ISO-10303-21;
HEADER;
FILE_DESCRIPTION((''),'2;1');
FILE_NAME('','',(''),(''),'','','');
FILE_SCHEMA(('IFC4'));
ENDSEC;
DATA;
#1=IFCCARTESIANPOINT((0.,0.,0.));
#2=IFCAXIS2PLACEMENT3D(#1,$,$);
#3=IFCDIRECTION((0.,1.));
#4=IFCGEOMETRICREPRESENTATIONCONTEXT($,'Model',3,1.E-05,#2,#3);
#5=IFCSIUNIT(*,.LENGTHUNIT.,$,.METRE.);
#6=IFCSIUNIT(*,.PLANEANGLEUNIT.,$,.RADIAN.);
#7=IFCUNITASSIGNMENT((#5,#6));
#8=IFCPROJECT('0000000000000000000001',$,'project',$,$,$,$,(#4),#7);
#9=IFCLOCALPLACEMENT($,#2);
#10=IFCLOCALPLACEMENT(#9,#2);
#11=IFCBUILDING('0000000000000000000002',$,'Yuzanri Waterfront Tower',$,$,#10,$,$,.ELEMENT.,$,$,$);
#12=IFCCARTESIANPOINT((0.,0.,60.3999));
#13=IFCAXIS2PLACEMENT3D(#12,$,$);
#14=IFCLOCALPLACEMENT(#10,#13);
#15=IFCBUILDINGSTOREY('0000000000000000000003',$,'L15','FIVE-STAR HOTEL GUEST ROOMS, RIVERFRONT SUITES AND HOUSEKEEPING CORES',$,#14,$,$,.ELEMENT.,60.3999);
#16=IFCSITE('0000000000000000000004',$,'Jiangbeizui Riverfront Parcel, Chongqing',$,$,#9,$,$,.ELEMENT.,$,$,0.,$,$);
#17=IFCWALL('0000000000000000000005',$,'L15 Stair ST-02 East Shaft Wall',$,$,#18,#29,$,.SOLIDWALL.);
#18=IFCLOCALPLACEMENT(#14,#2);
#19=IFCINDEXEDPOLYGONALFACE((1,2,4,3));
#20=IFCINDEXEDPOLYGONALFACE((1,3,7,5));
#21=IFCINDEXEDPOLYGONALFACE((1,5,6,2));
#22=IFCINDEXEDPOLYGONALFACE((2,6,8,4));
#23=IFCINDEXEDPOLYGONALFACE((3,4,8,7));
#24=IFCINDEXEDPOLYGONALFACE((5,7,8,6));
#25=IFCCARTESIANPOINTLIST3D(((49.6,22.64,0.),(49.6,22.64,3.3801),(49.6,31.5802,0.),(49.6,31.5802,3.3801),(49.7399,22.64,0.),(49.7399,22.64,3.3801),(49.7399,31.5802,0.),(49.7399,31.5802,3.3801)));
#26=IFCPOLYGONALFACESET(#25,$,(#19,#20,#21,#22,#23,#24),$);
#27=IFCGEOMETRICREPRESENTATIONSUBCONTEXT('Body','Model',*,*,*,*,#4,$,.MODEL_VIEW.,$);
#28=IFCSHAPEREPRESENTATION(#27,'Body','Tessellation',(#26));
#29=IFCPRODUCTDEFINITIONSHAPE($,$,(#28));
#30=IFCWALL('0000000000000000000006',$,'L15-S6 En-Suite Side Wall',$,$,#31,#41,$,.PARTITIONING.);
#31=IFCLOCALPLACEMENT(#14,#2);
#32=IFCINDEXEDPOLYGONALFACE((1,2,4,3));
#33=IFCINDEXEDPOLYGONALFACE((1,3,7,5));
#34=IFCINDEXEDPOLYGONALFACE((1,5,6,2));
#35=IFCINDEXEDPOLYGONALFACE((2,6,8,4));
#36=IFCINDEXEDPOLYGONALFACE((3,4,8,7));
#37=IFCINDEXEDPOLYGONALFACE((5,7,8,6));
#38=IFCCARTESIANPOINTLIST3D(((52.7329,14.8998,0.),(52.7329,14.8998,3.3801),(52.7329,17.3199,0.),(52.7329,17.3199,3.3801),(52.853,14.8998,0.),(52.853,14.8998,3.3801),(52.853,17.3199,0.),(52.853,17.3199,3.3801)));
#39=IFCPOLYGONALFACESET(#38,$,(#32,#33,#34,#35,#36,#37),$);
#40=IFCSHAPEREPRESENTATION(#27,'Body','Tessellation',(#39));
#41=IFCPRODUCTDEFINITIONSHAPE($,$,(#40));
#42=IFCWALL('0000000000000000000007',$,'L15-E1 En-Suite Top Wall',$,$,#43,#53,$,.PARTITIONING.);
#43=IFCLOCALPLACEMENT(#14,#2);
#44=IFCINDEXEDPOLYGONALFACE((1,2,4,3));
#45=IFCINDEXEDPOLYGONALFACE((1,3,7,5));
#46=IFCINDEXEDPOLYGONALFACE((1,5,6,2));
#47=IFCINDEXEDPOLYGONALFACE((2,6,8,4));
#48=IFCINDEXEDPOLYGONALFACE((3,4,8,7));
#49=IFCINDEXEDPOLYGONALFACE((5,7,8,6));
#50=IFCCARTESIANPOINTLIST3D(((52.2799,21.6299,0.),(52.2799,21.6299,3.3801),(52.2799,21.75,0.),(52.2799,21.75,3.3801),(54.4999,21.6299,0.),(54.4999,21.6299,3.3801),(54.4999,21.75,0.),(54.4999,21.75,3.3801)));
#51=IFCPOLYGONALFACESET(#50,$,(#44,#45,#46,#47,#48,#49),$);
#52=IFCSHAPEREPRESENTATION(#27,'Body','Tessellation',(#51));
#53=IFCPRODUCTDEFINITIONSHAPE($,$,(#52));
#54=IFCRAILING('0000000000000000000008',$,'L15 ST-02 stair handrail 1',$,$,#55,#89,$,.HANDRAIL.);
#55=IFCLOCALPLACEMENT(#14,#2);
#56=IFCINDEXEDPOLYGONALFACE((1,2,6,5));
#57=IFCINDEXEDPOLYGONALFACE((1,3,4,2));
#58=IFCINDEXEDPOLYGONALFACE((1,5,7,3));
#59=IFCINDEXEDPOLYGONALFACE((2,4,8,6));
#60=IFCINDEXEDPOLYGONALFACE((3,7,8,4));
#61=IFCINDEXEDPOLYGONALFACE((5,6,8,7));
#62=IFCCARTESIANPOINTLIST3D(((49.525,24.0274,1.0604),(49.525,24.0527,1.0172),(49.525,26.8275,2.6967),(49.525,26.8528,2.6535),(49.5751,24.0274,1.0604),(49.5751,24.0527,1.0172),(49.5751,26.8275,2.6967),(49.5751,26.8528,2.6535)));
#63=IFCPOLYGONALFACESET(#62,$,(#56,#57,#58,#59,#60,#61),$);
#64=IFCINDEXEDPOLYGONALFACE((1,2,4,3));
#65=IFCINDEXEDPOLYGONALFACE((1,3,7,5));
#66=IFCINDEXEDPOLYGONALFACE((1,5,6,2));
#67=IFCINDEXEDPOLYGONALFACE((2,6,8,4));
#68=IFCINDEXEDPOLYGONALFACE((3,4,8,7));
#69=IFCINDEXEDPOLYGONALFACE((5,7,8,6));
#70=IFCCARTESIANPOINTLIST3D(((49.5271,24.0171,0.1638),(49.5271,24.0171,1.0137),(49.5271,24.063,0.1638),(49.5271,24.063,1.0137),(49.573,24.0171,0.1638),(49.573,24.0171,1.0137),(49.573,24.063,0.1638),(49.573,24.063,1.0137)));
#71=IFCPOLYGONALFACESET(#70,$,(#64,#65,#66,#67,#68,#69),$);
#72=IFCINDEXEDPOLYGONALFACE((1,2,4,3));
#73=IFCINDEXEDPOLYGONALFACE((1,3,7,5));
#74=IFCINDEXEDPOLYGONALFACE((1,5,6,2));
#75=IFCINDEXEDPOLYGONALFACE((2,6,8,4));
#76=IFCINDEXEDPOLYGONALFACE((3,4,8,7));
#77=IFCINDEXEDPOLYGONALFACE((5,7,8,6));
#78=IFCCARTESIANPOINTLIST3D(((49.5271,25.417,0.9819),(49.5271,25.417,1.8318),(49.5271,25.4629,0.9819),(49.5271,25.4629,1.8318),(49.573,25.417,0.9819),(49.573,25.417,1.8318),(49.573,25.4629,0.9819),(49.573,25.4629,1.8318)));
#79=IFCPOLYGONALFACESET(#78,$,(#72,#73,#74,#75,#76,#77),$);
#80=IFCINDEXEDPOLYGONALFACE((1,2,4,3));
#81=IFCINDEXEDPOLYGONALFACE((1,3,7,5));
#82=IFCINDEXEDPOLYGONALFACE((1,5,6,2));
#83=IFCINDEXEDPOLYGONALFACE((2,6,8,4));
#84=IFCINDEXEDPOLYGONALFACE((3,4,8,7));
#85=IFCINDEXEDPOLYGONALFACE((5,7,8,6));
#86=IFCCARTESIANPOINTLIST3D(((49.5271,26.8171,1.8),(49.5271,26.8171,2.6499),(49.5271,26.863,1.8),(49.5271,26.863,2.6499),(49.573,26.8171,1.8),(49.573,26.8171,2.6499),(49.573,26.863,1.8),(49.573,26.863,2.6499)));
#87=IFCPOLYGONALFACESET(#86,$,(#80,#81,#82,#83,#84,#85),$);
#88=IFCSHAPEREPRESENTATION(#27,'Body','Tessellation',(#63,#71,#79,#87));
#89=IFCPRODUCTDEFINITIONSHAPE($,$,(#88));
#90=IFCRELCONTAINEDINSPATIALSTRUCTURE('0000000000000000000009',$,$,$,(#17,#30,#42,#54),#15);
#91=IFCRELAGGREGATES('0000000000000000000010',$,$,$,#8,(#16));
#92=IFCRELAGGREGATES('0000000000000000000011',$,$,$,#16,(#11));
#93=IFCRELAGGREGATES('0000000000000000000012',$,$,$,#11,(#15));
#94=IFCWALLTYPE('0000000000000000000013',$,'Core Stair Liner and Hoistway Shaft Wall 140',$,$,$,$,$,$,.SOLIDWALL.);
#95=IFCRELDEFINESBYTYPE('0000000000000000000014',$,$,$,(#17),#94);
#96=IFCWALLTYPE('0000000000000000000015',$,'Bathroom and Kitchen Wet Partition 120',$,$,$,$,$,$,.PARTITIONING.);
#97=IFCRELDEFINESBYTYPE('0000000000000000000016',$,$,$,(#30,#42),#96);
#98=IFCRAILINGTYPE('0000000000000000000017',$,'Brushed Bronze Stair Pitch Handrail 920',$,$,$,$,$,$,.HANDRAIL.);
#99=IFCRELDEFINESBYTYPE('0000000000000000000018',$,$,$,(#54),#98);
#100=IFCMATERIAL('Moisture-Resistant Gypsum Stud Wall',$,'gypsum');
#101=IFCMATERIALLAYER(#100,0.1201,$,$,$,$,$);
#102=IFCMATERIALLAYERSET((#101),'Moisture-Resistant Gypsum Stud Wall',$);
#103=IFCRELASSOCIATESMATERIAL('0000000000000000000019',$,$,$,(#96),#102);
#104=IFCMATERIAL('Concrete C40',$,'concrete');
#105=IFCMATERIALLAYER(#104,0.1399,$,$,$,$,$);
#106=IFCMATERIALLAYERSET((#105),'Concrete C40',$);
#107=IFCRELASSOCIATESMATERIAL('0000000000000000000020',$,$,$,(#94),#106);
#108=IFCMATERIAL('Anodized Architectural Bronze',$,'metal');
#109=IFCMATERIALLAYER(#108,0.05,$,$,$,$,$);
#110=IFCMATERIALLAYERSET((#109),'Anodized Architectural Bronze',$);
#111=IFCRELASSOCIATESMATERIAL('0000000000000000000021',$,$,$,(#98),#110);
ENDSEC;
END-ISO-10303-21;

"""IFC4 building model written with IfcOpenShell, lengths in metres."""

from ifc_helpers import new_model, si_unit, direction, frame, frame_2d, origin, origin_2d, place, context, subcontext, project, spatial, rectangle, extrude, source, transform, mapped, material, layer, layer_set, type_object, element, save


model = new_model("IFC4")

# Units and contexts
model_context = context("Model", 3, precision=1e-05, world=origin(), true_north=direction((0.0, 1.0)))
body_context = subcontext(model_context, "Body", "Model", "MODEL_VIEW")
ifc_project = project(units=[si_unit("LENGTHUNIT", "METRE"), si_unit("PLANEANGLEUNIT", "RADIAN")], contexts=[model_context])

# Site, building, storey
site_placement = place(None, origin())
site = spatial("IfcSite", under=ifc_project, at=site_placement, Name="Jiangbeizui Riverfront Parcel, Chongqing", CompositionType="ELEMENT", RefElevation=0.0)
building_placement = place(site_placement, origin())
building = spatial("IfcBuilding", under=site, at=building_placement, Name="Yuzanri Waterfront Tower", CompositionType="ELEMENT")
storey_placement = place(building_placement, frame((0.0, 0.0, 60.3999)))
storey = spatial("IfcBuildingStorey", under=building, at=storey_placement, Name="L15", Description="FIVE-STAR HOTEL GUEST ROOMS, RIVERFRONT SUITES AND HOUSEKEEPING CORES", CompositionType="ELEMENT", Elevation=60.3999)

# Shared definitions
ifc_material_1 = material(Name="Moisture-Resistant Gypsum Stud Wall", Category="gypsum")
ifc_layer_1 = layer(ifc_material_1, 0.1201)
ifc_layer_set_1 = layer_set([ifc_layer_1], Name="Moisture-Resistant Gypsum Stud Wall")
wall_type_1 = type_object("IfcWallType", Name="Bathroom and Kitchen Wet Partition 120", PredefinedType="PARTITIONING", material=ifc_layer_set_1)

# Walls
ifc_material_2 = material(Name="Concrete C40", Category="concrete")
ifc_layer_2 = layer(ifc_material_2, 0.1399)
ifc_layer_set_2 = layer_set([ifc_layer_2], Name="Concrete C40")
wall_type_2 = type_object("IfcWallType", Name="Core Stair Liner and Hoistway Shaft Wall 140", PredefinedType="SOLIDWALL", material=ifc_layer_set_2)
shared_shape_1 = source(origin(), body_context, "Body", "SweptSolid", [
    extrude(rectangle(XDim=8.9402, YDim=0.1399, at=frame_2d((4.4702, 0.0))), origin(), (0.0, 0.0, 1.0), 3.3801),
])
wall_1_placement = place(storey_placement, frame((49.6699, 22.6399, 0.0), z_axis=(0.0, 0.0, 1.0), x_axis=(0.0, 1.0, 0.0)))
element("IfcWall", 1, at=wall_1_placement, inside=storey, type_object=wall_type_2, Name="L15 Stair ST-02 East Shaft Wall", PredefinedType="SOLIDWALL", context=body_context, shape_type="MappedRepresentation", body=[
    mapped(shared_shape_1, transform((0.0, 0.0, 0.0), scale=1.0)),
])
shared_shape_2 = source(origin(), body_context, "Body", "SweptSolid", [
    extrude(rectangle(XDim=2.4202, YDim=0.1201, at=frame_2d((1.21, 0.0))), origin(), (0.0, 0.0, 1.0), 3.3801),
])
wall_2_placement = place(storey_placement, frame((52.793, 14.8999, 0.0), z_axis=(0.0, 0.0, 1.0), x_axis=(0.0, 1.0, 0.0)))
element("IfcWall", 2, at=wall_2_placement, inside=storey, type_object=wall_type_1, Name="L15-S6 En-Suite Side Wall", PredefinedType="PARTITIONING", context=body_context, shape_type="MappedRepresentation", body=[
    mapped(shared_shape_2, transform((0.0, 0.0, 0.0), scale=1.0)),
])
shared_shape_3 = source(origin(), body_context, "Body", "SweptSolid", [
    extrude(rectangle(XDim=2.22, YDim=0.1201, at=frame_2d((1.1099, 0.0))), origin(), (0.0, 0.0, 1.0), 3.3801),
])
wall_3_placement = place(storey_placement, frame((52.28, 21.6899, 0.0), z_axis=(0.0, 0.0, 1.0), x_axis=(1.0, 0.0, 0.0)))
element("IfcWall", 3, at=wall_3_placement, inside=storey, type_object=wall_type_1, Name="L15-E1 En-Suite Top Wall", PredefinedType="PARTITIONING", context=body_context, shape_type="MappedRepresentation", body=[
    mapped(shared_shape_3, transform((0.0, 0.0, 0.0), scale=1.0)),
])

# Railing
ifc_material_3 = material(Name="Anodized Architectural Bronze", Category="metal")
ifc_layer_3 = layer(ifc_material_3, 0.05)
ifc_layer_set_3 = layer_set([ifc_layer_3], Name="Anodized Architectural Bronze")
railing_type = type_object("IfcRailingType", Name="Brushed Bronze Stair Pitch Handrail 920", PredefinedType="HANDRAIL", material=ifc_layer_set_3)
shared_shape_4 = source(origin(), body_context, "Body", "SweptSolid", [
    extrude(rectangle(XDim=0.05, YDim=0.05, at=origin_2d()), frame((0.0, 0.0, 0.875), z_axis=(0.0, 0.863394, 0.504531), x_axis=(-1.0, 0.0, 0.0)), (0.0, 0.0, 1.0), 3.2432),
    extrude(rectangle(XDim=0.0459, YDim=0.0459, at=origin_2d()), origin(), (0.0, 0.0, 1.0), 0.8499),
    extrude(rectangle(XDim=0.0459, YDim=0.0459, at=origin_2d()), frame((0.0, 1.3999, 0.8181)), (0.0, 0.0, 1.0), 0.8499),
    extrude(rectangle(XDim=0.0459, YDim=0.0459, at=origin_2d()), frame((0.0, 2.8, 1.6362)), (0.0, 0.0, 1.0), 0.8499),
])
railing_placement = place(storey_placement, frame((49.55, 24.04, 0.1638)))
element("IfcRailing", 4, at=railing_placement, inside=storey, type_object=railing_type, Name="L15 ST-02 stair handrail 1", PredefinedType="HANDRAIL", context=body_context, shape_type="MappedRepresentation", body=[
    mapped(shared_shape_4, transform((0.0, 0.0, 0.0), scale=1.0)),
])

save(model, "model.ifc")
